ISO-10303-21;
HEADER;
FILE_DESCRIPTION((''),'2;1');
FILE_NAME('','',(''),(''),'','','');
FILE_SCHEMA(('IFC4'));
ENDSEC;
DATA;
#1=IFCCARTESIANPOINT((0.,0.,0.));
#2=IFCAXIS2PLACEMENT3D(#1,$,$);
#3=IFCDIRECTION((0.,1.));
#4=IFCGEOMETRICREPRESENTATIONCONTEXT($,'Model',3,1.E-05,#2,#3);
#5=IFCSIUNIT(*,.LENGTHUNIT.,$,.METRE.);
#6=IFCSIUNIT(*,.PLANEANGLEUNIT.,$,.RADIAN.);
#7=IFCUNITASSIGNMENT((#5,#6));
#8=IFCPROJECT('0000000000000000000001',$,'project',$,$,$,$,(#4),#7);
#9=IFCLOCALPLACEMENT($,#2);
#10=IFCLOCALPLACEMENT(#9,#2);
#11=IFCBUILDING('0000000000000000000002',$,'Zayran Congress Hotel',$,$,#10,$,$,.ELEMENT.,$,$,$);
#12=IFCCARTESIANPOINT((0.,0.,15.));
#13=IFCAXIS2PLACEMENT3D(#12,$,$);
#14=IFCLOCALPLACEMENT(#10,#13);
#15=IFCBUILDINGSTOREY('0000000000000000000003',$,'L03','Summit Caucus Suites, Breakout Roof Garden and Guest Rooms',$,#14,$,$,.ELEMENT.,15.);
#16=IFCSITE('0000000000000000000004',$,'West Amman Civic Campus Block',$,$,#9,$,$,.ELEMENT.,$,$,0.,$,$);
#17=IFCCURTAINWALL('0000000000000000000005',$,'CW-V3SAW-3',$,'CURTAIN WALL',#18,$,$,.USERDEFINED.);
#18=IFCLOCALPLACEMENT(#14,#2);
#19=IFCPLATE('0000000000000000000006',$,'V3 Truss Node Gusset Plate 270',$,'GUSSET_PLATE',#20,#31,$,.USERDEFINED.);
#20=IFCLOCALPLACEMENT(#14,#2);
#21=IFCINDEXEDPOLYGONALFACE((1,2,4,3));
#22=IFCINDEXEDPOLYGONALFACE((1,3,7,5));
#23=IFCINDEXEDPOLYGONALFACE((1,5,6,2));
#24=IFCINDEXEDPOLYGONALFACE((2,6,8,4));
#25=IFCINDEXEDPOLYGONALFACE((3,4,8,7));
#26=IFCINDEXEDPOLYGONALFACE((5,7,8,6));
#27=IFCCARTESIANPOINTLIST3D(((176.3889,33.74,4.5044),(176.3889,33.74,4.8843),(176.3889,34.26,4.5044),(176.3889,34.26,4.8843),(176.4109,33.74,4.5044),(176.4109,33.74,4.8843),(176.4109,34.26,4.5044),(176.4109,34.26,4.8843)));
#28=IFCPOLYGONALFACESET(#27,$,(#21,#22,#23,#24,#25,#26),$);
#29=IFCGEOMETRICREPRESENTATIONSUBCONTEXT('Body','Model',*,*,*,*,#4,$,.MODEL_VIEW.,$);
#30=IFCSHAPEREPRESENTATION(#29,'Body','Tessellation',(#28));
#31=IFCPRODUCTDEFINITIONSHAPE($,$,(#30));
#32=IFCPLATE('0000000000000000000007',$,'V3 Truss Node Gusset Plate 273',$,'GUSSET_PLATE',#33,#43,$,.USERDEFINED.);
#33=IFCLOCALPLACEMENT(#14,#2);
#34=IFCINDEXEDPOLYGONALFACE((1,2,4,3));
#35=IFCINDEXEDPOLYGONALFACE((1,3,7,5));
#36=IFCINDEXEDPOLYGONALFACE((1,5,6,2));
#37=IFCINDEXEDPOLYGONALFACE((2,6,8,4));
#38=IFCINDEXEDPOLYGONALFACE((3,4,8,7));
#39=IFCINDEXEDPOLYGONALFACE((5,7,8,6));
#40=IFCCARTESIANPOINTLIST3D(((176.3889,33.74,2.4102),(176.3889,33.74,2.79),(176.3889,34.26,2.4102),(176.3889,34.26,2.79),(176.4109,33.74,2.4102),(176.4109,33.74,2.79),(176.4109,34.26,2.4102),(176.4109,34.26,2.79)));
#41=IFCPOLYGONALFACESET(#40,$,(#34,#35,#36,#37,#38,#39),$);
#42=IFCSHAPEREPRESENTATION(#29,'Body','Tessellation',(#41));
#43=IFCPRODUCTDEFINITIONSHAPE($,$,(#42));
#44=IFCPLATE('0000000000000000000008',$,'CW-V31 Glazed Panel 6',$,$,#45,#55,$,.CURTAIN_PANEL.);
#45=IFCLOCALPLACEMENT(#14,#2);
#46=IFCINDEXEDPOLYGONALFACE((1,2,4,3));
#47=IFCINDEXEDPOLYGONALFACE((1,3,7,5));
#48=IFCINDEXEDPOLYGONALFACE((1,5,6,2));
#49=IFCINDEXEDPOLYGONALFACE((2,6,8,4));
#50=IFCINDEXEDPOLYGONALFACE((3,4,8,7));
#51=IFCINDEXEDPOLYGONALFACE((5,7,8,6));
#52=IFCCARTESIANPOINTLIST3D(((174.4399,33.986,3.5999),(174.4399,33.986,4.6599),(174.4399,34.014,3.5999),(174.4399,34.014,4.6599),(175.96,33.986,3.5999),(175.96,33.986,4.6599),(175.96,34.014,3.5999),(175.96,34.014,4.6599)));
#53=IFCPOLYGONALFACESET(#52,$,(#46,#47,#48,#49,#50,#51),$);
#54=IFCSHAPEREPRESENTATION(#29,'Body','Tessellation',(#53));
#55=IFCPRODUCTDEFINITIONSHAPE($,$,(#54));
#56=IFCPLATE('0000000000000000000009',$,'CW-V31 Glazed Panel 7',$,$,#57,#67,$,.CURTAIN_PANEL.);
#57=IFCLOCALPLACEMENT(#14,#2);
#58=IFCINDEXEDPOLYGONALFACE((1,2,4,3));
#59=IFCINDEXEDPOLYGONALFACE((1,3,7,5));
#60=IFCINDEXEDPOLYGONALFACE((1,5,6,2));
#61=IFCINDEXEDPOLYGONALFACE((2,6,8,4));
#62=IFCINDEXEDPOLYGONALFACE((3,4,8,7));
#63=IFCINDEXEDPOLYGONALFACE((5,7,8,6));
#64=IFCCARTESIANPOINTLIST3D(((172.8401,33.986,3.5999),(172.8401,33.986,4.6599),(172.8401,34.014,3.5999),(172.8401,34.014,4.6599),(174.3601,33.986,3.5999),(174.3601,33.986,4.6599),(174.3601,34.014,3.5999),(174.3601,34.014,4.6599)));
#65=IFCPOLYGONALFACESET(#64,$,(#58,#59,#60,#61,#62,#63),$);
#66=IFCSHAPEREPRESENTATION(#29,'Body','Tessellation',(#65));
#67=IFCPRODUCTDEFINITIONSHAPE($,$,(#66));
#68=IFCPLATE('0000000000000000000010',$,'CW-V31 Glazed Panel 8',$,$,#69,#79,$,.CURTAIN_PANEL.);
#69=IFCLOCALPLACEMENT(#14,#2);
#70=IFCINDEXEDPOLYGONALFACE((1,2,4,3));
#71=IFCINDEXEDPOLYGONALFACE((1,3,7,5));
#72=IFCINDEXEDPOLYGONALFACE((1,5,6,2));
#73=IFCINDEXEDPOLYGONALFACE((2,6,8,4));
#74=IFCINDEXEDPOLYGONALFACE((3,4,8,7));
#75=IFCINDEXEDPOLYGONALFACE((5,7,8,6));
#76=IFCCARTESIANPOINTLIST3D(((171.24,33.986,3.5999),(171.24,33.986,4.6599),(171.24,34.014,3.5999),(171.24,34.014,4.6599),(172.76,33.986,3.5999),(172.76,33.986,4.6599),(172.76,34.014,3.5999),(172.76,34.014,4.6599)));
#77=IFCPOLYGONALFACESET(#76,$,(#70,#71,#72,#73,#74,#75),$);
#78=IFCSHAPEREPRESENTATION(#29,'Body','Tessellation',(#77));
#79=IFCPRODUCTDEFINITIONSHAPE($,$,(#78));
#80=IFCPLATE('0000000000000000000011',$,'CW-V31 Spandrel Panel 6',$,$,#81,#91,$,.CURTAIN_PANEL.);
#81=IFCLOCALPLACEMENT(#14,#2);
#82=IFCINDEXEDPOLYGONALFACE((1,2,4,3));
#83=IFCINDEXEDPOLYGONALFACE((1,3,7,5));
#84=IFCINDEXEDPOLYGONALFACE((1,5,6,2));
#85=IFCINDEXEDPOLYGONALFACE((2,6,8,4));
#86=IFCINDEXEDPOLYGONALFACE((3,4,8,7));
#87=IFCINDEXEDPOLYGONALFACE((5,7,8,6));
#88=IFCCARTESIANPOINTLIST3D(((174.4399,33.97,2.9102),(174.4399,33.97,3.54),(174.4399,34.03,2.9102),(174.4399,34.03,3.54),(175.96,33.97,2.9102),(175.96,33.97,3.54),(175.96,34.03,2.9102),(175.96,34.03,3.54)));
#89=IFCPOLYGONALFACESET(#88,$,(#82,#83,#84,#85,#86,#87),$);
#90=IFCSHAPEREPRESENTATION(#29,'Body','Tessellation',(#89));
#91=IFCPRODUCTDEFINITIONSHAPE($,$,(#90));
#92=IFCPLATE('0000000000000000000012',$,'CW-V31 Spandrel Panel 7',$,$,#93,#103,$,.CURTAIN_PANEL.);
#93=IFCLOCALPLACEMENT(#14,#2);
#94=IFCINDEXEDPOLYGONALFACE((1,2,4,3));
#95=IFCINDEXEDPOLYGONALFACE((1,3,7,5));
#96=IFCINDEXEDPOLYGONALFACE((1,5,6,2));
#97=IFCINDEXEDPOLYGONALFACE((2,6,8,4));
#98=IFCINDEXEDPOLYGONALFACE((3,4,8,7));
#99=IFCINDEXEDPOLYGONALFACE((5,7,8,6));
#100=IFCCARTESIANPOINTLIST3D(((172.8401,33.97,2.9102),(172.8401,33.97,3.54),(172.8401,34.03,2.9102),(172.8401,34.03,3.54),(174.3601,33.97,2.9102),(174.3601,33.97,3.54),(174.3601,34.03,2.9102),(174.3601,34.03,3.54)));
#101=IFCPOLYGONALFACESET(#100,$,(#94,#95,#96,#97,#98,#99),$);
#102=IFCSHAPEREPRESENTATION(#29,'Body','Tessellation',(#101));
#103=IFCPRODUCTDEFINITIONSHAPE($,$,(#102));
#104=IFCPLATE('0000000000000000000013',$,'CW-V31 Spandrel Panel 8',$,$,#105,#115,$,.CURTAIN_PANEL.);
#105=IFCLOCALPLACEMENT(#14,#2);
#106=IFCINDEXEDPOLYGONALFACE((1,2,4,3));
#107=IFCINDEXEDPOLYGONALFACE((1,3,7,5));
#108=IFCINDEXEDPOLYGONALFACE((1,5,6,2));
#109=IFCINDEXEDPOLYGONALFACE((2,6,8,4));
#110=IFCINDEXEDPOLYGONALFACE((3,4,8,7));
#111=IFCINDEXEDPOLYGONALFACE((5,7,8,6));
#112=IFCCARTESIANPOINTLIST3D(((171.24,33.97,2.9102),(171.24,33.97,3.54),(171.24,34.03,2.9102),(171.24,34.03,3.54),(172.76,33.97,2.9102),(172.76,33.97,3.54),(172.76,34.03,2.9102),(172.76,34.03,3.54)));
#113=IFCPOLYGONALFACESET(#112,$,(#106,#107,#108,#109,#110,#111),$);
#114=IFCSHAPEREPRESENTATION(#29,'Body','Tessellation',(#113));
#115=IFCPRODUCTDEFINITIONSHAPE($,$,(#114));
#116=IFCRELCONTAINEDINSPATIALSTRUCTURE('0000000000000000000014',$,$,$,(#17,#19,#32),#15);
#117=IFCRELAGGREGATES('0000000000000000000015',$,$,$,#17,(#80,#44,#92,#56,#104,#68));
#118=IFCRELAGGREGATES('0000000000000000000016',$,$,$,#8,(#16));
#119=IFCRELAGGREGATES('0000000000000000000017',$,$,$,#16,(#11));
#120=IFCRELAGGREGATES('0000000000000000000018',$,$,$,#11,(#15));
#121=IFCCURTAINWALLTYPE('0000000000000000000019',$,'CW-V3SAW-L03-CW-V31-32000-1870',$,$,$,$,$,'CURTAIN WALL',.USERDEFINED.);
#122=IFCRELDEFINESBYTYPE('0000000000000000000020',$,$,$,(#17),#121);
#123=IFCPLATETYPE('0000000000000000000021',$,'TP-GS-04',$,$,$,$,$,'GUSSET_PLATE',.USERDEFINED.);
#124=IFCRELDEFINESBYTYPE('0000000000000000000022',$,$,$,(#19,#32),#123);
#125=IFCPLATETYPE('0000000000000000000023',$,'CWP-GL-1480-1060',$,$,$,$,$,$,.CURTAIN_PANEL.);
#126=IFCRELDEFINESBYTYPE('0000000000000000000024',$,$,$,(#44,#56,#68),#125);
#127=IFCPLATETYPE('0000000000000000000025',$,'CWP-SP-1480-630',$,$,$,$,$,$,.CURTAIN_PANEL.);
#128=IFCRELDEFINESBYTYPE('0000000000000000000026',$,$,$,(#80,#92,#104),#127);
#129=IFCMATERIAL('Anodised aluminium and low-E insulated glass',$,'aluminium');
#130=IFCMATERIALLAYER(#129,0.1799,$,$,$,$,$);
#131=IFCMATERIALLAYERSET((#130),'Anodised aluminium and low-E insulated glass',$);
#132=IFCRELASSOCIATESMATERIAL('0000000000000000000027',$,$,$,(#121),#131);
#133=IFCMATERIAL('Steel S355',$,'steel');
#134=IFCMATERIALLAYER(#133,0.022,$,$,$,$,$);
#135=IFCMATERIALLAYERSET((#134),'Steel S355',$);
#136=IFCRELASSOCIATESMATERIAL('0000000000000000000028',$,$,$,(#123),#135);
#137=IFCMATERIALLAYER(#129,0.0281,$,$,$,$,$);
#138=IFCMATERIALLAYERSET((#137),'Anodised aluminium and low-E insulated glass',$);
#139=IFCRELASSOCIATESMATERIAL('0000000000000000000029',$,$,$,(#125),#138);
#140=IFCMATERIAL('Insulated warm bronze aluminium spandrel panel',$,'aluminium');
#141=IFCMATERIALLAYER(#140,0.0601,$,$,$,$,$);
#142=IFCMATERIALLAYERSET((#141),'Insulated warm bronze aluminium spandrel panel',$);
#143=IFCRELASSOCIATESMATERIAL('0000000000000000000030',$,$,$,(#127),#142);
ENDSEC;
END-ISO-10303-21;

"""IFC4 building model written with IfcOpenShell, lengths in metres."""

from ifc_helpers import new_model, si_unit, direction, frame, origin, origin_2d, place, context, subcontext, project, spatial, rectangle, extrude, material, layer, layer_set, type_object, element, aggregate, save


model = new_model("IFC4")

# Units and contexts
model_context = context("Model", 3, precision=1e-05, world=origin(), true_north=direction((0.0, 1.0)))
body_context = subcontext(model_context, "Body", "Model", "MODEL_VIEW")
ifc_project = project(units=[si_unit("LENGTHUNIT", "METRE"), si_unit("PLANEANGLEUNIT", "RADIAN")], contexts=[model_context])

# Site, building, storey
site_placement = place(None, origin())
site = spatial("IfcSite", under=ifc_project, at=site_placement, Name="West Amman Civic Campus Block", CompositionType="ELEMENT", RefElevation=0.0)
building_placement = place(site_placement, origin())
building = spatial("IfcBuilding", under=site, at=building_placement, Name="Zayran Congress Hotel", CompositionType="ELEMENT")
storey_placement = place(building_placement, frame((0.0, 0.0, 15.0)))
storey = spatial("IfcBuildingStorey", under=building, at=storey_placement, Name="L03", Description="Summit Caucus Suites, Breakout Roof Garden and Guest Rooms", CompositionType="ELEMENT", Elevation=15.0)

# Shared definitions
ifc_material_1 = material(Name="Steel S355", Category="steel")

# Curtain wall
ifc_material_2 = material(Name="Anodised aluminium and low-E insulated glass", Category="aluminium")
ifc_layer_1 = layer(ifc_material_2, 0.1799)
ifc_layer_set_1 = layer_set([ifc_layer_1], Name="Anodised aluminium and low-E insulated glass")
curtain_wall_type = type_object("IfcCurtainWallType", Name="CW-V3SAW-L03-CW-V31-32000-1870", ElementType="CURTAIN WALL", PredefinedType="USERDEFINED", material=ifc_layer_set_1)
curtain_wall_placement = place(storey_placement, origin())
curtain_wall = element("IfcCurtainWall", 1, at=curtain_wall_placement, inside=storey, type_object=curtain_wall_type, Name="CW-V3SAW-3", ObjectType="CURTAIN WALL", PredefinedType="USERDEFINED")

# Plates
ifc_layer_2 = layer(ifc_material_1, 0.022)
ifc_layer_set_2 = layer_set([ifc_layer_2], Name="Steel S355")
plate_type_1 = type_object("IfcPlateType", Name="TP-GS-04", ElementType="GUSSET_PLATE", PredefinedType="USERDEFINED", material=ifc_layer_set_2)
for number, where, z_axis, x_axis, name in (
    (2, (176.3999, 34.0, 4.5044), (0.0, 0.0, 1.0), (0.0, 1.0, 0.0), "V3 Truss Node Gusset Plate 270"),
    (3, (176.3999, 34.0, 2.4102), (0.0, 0.0, 1.0), (0.0, 1.0, 0.0), "V3 Truss Node Gusset Plate 273"),
):
    element("IfcPlate", number, at=place(storey_placement, frame(where, z_axis=z_axis, x_axis=x_axis)), inside=storey, type_object=plate_type_1, Name=name, ObjectType="GUSSET_PLATE", PredefinedType="USERDEFINED", context=body_context, shape_type="SweptSolid", body=[
        extrude(rectangle(XDim=0.52, YDim=0.022, at=origin_2d()), origin(), (0.0, 0.0, 1.0), 0.3799),
    ])

# Plates
ifc_layer_3 = layer(ifc_material_2, 0.0281)
ifc_layer_set_3 = layer_set([ifc_layer_3], Name="Anodised aluminium and low-E insulated glass")
plate_type_2 = type_object("IfcPlateType", Name="CWP-GL-1480-1060", PredefinedType="CURTAIN_PANEL", material=ifc_layer_set_3)
plate_1_placement = place(storey_placement, frame((175.2, 34.0, 3.5999), z_axis=(0.0, 0.0, 1.0), x_axis=(1.0, 0.0, 0.0)))
plate_1 = element("IfcPlate", 4, at=plate_1_placement, type_object=plate_type_2, Name="CW-V31 Glazed Panel 6", PredefinedType="CURTAIN_PANEL", context=body_context, shape_type="SweptSolid", body=[
    extrude(rectangle(XDim=1.52, YDim=0.0281, at=origin_2d()), origin(), (0.0, 0.0, 1.0), 1.0601),
])
plate_2_placement = place(storey_placement, frame((173.6001, 34.0, 3.5999), z_axis=(0.0, 0.0, 1.0), x_axis=(1.0, 0.0, 0.0)))
plate_2 = element("IfcPlate", 5, at=plate_2_placement, type_object=plate_type_2, Name="CW-V31 Glazed Panel 7", PredefinedType="CURTAIN_PANEL", context=body_context, shape_type="SweptSolid", body=[
    extrude(rectangle(XDim=1.52, YDim=0.0281, at=origin_2d()), origin(), (0.0, 0.0, 1.0), 1.0601),
])
plate_3_placement = place(storey_placement, frame((172.0, 34.0, 3.5999), z_axis=(0.0, 0.0, 1.0), x_axis=(1.0, 0.0, 0.0)))
plate_3 = element("IfcPlate", 6, at=plate_3_placement, type_object=plate_type_2, Name="CW-V31 Glazed Panel 8", PredefinedType="CURTAIN_PANEL", context=body_context, shape_type="SweptSolid", body=[
    extrude(rectangle(XDim=1.52, YDim=0.0281, at=origin_2d()), origin(), (0.0, 0.0, 1.0), 1.0601),
])
ifc_material_3 = material(Name="Insulated warm bronze aluminium spandrel panel", Category="aluminium")
ifc_layer_4 = layer(ifc_material_3, 0.0601)
ifc_layer_set_4 = layer_set([ifc_layer_4], Name="Insulated warm bronze aluminium spandrel panel")
plate_type_3 = type_object("IfcPlateType", Name="CWP-SP-1480-630", PredefinedType="CURTAIN_PANEL", material=ifc_layer_set_4)
plate_4_placement = place(storey_placement, frame((175.2, 34.0, 2.9102), z_axis=(0.0, 0.0, 1.0), x_axis=(1.0, 0.0, 0.0)))
plate_4 = element("IfcPlate", 7, at=plate_4_placement, type_object=plate_type_3, Name="CW-V31 Spandrel Panel 6", PredefinedType="CURTAIN_PANEL", context=body_context, shape_type="SweptSolid", body=[
    extrude(rectangle(XDim=1.52, YDim=0.0601, at=origin_2d()), origin(), (0.0, 0.0, 1.0), 0.6299),
])
plate_5_placement = place(storey_placement, frame((173.6001, 34.0, 2.9102), z_axis=(0.0, 0.0, 1.0), x_axis=(1.0, 0.0, 0.0)))
plate_5 = element("IfcPlate", 8, at=plate_5_placement, type_object=plate_type_3, Name="CW-V31 Spandrel Panel 7", PredefinedType="CURTAIN_PANEL", context=body_context, shape_type="SweptSolid", body=[
    extrude(rectangle(XDim=1.52, YDim=0.0601, at=origin_2d()), origin(), (0.0, 0.0, 1.0), 0.6299),
])
plate_6_placement = place(storey_placement, frame((172.0, 34.0, 2.9102), z_axis=(0.0, 0.0, 1.0), x_axis=(1.0, 0.0, 0.0)))
plate_6 = element("IfcPlate", 9, at=plate_6_placement, type_object=plate_type_3, Name="CW-V31 Spandrel Panel 8", PredefinedType="CURTAIN_PANEL", context=body_context, shape_type="SweptSolid", body=[
    extrude(rectangle(XDim=1.52, YDim=0.0601, at=origin_2d()), origin(), (0.0, 0.0, 1.0), 0.6299),
])
aggregate(curtain_wall, [plate_4, plate_1, plate_5, plate_2, plate_6, plate_3])

save(model, "model.ifc")
